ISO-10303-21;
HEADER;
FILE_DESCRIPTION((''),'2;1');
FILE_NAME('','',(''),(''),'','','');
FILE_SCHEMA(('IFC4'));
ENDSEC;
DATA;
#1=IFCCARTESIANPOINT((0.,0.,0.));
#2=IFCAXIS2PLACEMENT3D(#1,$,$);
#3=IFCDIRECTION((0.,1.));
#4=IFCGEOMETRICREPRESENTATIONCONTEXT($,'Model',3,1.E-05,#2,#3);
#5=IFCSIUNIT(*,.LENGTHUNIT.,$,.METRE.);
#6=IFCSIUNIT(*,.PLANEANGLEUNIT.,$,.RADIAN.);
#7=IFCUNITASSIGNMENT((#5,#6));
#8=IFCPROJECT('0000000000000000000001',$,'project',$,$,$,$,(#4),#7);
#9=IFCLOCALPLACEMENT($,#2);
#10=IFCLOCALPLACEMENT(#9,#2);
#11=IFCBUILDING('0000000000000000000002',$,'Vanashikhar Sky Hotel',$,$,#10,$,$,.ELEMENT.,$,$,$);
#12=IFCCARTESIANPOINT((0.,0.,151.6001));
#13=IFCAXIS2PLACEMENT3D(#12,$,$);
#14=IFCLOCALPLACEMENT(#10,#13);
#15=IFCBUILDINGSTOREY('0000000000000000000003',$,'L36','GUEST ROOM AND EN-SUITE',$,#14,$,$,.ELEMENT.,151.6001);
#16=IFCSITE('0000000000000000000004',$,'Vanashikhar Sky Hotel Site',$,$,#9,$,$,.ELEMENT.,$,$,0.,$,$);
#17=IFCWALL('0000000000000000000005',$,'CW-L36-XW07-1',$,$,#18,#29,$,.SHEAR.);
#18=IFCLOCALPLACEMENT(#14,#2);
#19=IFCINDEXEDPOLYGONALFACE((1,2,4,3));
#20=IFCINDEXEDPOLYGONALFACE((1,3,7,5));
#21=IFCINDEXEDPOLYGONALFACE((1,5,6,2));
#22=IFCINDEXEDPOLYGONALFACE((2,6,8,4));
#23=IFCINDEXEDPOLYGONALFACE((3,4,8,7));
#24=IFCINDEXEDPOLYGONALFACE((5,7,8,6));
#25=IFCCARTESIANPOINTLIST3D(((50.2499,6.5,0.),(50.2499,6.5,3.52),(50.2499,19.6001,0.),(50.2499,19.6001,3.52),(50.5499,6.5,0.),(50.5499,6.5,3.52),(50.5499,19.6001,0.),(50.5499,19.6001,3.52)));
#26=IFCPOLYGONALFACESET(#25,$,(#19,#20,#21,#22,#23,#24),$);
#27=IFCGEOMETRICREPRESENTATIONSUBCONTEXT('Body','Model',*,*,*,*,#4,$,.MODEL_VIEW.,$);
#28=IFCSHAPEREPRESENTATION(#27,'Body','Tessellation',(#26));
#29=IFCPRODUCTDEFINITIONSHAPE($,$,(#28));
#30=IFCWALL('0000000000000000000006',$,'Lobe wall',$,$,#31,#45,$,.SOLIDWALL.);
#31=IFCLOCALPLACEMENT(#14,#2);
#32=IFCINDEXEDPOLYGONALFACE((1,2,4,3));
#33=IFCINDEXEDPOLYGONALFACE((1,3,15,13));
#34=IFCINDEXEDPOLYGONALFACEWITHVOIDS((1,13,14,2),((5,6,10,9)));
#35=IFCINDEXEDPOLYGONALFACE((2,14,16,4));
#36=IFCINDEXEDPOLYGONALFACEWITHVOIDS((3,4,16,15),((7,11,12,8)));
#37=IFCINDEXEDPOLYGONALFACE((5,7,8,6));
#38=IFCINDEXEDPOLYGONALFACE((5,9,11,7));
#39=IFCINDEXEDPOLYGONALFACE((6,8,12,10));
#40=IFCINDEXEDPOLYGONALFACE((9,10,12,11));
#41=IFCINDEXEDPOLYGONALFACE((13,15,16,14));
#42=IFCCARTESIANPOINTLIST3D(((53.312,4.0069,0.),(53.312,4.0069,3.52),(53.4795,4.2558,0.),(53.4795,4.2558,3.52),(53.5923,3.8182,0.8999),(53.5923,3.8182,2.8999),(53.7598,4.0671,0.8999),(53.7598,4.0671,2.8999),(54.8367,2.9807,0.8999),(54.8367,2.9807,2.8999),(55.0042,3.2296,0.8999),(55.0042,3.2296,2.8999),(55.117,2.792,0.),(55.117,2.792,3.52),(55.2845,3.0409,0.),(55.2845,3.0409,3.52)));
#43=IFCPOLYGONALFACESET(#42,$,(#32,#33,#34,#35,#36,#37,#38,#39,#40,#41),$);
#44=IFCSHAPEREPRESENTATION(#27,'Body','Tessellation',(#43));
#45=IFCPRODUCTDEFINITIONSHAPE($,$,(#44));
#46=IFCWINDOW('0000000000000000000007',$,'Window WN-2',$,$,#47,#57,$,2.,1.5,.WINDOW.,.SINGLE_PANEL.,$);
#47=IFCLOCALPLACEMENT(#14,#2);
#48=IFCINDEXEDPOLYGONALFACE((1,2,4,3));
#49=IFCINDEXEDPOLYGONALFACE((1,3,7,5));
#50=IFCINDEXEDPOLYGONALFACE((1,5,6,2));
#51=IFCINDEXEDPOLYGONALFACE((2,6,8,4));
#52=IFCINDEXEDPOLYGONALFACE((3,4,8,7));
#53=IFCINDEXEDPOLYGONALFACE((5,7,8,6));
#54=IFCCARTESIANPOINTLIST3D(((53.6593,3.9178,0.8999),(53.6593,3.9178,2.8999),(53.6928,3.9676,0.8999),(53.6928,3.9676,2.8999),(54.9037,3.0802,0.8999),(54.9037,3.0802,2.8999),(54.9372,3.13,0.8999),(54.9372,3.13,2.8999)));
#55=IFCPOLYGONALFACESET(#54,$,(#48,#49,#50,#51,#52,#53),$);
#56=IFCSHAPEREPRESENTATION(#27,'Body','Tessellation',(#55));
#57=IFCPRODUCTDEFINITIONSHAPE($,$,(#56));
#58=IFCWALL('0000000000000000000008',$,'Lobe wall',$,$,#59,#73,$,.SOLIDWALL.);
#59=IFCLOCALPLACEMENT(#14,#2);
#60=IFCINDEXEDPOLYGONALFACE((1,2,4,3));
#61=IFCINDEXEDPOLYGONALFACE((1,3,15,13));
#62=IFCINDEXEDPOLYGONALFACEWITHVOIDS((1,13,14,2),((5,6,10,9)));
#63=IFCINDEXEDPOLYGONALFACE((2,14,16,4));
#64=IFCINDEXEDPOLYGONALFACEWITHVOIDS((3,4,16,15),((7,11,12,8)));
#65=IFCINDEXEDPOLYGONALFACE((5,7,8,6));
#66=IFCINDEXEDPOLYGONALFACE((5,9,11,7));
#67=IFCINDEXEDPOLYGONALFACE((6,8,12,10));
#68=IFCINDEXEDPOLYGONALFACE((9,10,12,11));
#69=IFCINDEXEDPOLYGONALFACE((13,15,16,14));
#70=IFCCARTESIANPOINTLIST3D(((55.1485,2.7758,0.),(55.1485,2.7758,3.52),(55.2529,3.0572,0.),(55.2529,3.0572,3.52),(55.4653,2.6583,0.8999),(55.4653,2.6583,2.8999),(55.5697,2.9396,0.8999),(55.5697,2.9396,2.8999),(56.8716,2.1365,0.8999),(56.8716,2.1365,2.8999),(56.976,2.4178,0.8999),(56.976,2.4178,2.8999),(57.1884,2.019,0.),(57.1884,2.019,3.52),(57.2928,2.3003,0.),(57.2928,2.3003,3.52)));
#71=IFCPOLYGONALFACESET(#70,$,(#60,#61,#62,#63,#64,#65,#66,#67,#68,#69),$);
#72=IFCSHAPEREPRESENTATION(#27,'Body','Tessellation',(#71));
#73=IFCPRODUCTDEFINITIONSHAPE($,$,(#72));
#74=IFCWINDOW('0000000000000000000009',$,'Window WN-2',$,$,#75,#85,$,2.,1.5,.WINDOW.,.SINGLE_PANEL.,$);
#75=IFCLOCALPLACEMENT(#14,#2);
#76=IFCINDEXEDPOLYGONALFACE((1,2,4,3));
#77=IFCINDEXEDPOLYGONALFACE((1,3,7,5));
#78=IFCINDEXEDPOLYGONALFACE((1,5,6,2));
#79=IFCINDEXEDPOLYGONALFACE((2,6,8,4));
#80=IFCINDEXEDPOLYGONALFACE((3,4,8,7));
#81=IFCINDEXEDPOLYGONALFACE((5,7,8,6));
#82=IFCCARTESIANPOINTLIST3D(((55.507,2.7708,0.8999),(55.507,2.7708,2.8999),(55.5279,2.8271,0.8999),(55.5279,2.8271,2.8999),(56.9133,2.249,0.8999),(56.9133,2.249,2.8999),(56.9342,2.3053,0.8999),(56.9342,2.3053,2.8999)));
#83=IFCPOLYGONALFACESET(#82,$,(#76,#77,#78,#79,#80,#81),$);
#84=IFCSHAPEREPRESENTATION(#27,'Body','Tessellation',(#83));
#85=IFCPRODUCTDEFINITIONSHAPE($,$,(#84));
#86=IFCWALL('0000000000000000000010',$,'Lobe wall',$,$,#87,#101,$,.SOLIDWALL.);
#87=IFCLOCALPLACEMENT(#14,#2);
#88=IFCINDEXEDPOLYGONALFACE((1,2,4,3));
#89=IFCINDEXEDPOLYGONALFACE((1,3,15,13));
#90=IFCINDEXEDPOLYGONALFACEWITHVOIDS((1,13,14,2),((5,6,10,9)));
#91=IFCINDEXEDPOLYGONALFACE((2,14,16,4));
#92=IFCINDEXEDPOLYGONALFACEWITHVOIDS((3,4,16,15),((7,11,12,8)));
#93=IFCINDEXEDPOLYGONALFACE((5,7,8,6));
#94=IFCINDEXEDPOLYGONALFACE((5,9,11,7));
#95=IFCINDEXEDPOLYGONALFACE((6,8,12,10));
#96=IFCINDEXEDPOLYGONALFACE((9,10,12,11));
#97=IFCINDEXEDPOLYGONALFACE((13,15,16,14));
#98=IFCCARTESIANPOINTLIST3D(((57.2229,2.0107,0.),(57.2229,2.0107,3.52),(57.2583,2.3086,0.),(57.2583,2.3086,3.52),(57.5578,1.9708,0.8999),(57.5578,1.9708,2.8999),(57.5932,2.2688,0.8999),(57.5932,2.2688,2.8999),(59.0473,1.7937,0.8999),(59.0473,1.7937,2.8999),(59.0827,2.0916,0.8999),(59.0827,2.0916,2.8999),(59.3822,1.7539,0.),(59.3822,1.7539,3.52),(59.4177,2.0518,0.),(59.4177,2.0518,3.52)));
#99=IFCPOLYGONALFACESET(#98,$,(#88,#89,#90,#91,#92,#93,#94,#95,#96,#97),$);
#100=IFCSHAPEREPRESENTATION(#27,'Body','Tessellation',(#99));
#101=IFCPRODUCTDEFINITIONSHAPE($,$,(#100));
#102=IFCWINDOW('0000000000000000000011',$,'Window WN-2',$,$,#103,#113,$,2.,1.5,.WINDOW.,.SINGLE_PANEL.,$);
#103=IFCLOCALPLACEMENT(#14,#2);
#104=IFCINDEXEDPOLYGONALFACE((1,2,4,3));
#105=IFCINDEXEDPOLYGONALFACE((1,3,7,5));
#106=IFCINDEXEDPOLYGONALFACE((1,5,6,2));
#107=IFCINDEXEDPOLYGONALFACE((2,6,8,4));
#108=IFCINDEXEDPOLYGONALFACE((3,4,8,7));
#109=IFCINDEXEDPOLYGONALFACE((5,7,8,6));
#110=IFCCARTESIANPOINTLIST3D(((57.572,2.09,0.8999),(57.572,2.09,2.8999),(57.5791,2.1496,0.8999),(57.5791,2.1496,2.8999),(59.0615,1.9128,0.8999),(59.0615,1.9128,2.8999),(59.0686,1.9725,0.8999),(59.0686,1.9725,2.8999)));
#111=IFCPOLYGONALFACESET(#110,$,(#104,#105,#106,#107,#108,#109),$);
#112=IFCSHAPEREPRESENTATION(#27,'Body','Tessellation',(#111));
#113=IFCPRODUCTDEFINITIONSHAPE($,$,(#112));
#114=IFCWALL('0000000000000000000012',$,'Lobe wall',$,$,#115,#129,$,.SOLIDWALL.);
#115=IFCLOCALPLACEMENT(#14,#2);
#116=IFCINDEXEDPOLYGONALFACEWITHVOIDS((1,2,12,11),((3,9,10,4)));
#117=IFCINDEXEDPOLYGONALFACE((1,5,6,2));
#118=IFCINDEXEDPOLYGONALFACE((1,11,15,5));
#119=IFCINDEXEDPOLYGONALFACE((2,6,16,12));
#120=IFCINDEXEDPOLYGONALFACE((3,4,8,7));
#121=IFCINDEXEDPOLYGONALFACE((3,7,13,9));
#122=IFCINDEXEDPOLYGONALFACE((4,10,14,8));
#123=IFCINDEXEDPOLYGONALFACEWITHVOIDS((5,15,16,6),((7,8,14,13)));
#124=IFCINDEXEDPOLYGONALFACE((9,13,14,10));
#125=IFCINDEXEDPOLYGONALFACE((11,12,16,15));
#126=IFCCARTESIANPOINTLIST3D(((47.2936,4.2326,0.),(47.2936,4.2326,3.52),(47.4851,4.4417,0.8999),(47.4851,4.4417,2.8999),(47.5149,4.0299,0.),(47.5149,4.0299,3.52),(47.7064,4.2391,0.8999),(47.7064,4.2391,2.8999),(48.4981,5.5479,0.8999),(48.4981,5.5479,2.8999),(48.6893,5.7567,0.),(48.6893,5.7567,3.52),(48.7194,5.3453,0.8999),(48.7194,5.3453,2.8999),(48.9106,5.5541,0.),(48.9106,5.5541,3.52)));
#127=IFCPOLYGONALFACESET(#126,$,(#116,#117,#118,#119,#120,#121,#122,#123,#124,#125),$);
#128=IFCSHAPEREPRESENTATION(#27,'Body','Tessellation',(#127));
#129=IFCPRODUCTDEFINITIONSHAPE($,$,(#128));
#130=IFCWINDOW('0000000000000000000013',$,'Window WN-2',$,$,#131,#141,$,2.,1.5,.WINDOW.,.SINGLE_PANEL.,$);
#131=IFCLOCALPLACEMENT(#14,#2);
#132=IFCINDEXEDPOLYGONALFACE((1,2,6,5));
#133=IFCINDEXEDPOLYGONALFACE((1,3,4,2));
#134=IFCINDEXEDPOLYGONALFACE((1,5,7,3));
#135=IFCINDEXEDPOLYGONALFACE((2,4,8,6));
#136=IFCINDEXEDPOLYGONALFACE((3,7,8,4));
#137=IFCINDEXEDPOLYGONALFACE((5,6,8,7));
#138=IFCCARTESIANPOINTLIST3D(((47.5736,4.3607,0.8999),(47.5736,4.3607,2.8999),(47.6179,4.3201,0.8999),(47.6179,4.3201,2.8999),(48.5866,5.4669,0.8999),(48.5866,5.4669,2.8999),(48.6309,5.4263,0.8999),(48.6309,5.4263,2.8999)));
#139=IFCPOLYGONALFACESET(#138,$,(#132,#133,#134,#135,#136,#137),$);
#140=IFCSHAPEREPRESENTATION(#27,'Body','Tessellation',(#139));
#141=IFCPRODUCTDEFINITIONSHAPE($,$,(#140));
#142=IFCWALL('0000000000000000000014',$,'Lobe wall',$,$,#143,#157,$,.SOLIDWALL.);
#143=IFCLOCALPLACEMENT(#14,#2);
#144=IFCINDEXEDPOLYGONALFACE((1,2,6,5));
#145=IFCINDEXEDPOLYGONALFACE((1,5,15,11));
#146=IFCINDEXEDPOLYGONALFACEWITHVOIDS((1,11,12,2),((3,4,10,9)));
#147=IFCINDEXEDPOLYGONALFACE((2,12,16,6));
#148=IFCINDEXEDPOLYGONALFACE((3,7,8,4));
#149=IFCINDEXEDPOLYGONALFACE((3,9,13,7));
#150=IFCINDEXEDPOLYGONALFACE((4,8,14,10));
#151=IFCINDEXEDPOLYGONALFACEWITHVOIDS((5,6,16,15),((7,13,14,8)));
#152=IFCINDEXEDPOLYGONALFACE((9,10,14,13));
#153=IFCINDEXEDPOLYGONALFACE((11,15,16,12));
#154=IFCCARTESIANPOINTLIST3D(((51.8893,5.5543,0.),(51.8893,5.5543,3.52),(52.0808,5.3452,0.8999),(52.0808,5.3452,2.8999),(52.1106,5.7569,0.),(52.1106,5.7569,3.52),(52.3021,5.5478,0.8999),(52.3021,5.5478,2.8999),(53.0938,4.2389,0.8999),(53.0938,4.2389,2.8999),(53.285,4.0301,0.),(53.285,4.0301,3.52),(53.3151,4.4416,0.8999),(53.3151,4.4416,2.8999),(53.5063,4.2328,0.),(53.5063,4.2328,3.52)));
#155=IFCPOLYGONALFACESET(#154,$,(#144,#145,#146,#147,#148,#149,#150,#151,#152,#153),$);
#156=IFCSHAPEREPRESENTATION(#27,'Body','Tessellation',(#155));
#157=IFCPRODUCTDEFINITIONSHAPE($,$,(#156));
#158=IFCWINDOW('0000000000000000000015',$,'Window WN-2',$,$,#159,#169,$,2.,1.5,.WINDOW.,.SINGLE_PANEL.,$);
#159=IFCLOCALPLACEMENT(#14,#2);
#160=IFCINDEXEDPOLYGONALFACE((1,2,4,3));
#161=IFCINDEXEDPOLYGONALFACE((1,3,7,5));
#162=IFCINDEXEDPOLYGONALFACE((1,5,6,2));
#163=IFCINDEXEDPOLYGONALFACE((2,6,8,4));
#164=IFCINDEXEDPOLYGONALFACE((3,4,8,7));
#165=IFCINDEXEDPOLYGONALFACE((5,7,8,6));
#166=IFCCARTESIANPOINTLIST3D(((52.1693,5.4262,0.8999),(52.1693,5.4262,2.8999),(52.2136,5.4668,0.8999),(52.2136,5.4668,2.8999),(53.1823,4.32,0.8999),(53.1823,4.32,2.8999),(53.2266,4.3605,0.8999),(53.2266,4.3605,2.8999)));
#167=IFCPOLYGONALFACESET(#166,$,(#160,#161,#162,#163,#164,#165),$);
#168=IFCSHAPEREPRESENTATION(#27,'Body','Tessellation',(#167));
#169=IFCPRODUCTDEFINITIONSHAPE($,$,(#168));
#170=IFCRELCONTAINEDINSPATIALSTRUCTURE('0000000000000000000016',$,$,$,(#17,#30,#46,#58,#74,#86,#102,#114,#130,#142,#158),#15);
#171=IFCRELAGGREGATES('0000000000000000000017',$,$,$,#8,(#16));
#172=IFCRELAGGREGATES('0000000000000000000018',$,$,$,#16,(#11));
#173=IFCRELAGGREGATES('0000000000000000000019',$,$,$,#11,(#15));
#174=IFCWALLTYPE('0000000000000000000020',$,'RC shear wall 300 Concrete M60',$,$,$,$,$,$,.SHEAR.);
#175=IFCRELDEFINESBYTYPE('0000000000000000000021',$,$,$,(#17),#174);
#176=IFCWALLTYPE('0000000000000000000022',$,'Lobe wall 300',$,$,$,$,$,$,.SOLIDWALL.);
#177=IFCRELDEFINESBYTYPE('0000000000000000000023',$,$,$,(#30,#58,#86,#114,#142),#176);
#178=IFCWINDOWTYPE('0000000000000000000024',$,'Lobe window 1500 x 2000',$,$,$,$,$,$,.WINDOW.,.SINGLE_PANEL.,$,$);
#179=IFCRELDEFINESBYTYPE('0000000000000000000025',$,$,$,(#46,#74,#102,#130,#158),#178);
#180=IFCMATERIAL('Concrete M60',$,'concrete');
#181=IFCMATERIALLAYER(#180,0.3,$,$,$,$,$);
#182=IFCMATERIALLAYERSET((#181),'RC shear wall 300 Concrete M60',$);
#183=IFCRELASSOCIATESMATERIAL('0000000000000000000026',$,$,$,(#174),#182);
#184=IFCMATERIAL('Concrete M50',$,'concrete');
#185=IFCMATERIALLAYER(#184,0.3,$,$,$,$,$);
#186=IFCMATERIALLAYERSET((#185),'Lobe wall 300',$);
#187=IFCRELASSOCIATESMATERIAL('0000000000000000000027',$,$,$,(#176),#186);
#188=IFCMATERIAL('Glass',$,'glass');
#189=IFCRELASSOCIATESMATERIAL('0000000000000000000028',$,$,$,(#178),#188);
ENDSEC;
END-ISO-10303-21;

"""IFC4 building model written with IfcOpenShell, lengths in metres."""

from ifc_helpers import new_model, si_unit, direction, frame, frame_2d, origin, place, context, subcontext, project, spatial, rectangle, extrude, source, transform, mapped, material, layer, layer_set, type_object, element, fill, save


model = new_model("IFC4")

# Units and contexts
model_context = context("Model", 3, precision=1e-05, world=origin(), true_north=direction((0.0, 1.0)))
body_context = subcontext(model_context, "Body", "Model", "MODEL_VIEW")
ifc_project = project(units=[si_unit("LENGTHUNIT", "METRE"), si_unit("PLANEANGLEUNIT", "RADIAN")], contexts=[model_context])

# Site, building, storey
site_placement = place(None, origin())
site = spatial("IfcSite", under=ifc_project, at=site_placement, Name="Vanashikhar Sky Hotel Site", CompositionType="ELEMENT", RefElevation=0.0)
building_placement = place(site_placement, origin())
building = spatial("IfcBuilding", under=site, at=building_placement, Name="Vanashikhar Sky Hotel", CompositionType="ELEMENT")
storey_placement = place(building_placement, frame((0.0, 0.0, 151.6001)))
storey = spatial("IfcBuildingStorey", under=building, at=storey_placement, Name="L36", Description="GUEST ROOM AND EN-SUITE", CompositionType="ELEMENT", Elevation=151.6001)

# Wall
ifc_material_1 = material(Name="Concrete M60", Category="concrete")
ifc_layer_1 = layer(ifc_material_1, 0.3)
ifc_layer_set_1 = layer_set([ifc_layer_1], Name="RC shear wall 300 Concrete M60")
wall_type_1 = type_object("IfcWallType", Name="RC shear wall 300 Concrete M60", PredefinedType="SHEAR", material=ifc_layer_set_1)
shared_shape_1 = source(origin(), body_context, "Body", "SweptSolid", [
    extrude(rectangle(XDim=13.1001, YDim=0.3, at=frame_2d((6.55, 0.0))), origin(), (0.0, 0.0, 1.0), 3.52),
])
wall_1_placement = place(storey_placement, frame((50.3999, 6.5, 0.0), z_axis=(0.0, 0.0, 1.0), x_axis=(0.0, 1.0, 0.0)))
element("IfcWall", 1, at=wall_1_placement, inside=storey, type_object=wall_type_1, Name="CW-L36-XW07-1", PredefinedType="SHEAR", context=body_context, shape_type="MappedRepresentation", body=[
    mapped(shared_shape_1, transform((0.0, 0.0, 0.0), scale=1.0)),
])

# Walls, openings, windows
ifc_material_2 = material(Name="Concrete M50", Category="concrete")
ifc_layer_2 = layer(ifc_material_2, 0.3)
ifc_layer_set_2 = layer_set([ifc_layer_2], Name="Lobe wall 300")
wall_type_2 = type_object("IfcWallType", Name="Lobe wall 300", PredefinedType="SOLIDWALL", material=ifc_layer_set_2)
shared_shape_2 = source(origin(), body_context, "Body", "SweptSolid", [
    extrude(rectangle(XDim=2.1758, YDim=0.3, at=frame_2d((1.0879, 0.0))), origin(), (0.0, 0.0, 1.0), 3.52),
])
wall_2_placement = place(storey_placement, frame((53.3958, 4.1313, 0.0), z_axis=(0.0, 0.0, 1.0), x_axis=(0.829591, -0.558372, 0.0)))
wall_2 = element("IfcWall", 2, at=wall_2_placement, inside=storey, type_object=wall_type_2, Name="Lobe wall", PredefinedType="SOLIDWALL", context=body_context, shape_type="MappedRepresentation", body=[
    mapped(shared_shape_2, transform((0.0, 0.0, 0.0), scale=1.0)),
])
shared_shape_3 = source(origin(), body_context, "Body", "SweptSolid", [
    extrude(rectangle(XDim=1.5, YDim=2.0, at=frame_2d((0.75, 1.0))), frame((0.0, 0.1602, 0.0), z_axis=(0.0, -1.0, 0.0), x_axis=(1.0, 0.0, 0.0)), (0.0, 0.0, 1.0), 0.3201),
])
opening_1_placement = place(wall_2_placement, frame((0.3379, 0.0, 0.8999)))
opening_1 = element("IfcOpeningElement", 3, at=opening_1_placement, cuts=wall_2, PredefinedType="OPENING", context=body_context, shape_type="MappedRepresentation", body=[
    mapped(shared_shape_3, transform((0.0, 0.0, 0.0), scale=1.0)),
])
ifc_material_3 = material(Name="Glass", Category="glass")
window_type = type_object("IfcWindowType", Name="Lobe window 1500 x 2000", PartitioningType="SINGLE_PANEL", PredefinedType="WINDOW", material=ifc_material_3)
shared_shape_4 = source(origin(), body_context, "Body", "SweptSolid", [
    extrude(rectangle(XDim=1.5, YDim=2.0, at=frame_2d((0.75, 1.0))), frame((0.0, 0.03, 0.0), z_axis=(0.0, -1.0, 0.0), x_axis=(1.0, 0.0, 0.0)), (0.0, 0.0, 1.0), 0.0601),
])
window_1_placement = place(opening_1_placement, origin())
window_1 = element("IfcWindow", 4, at=window_1_placement, inside=storey, type_object=window_type, Name="Window WN-2", OverallHeight=2.0, OverallWidth=1.5, PartitioningType="SINGLE_PANEL", PredefinedType="WINDOW", context=body_context, shape_type="MappedRepresentation", body=[
    mapped(shared_shape_4, transform((0.0, 0.0, 0.0), scale=1.0)),
])
fill(opening_1, window_1)
wall_3_placement = place(storey_placement, frame((55.2007, 2.9165, 0.0), z_axis=(0.0, 0.0, 1.0), x_axis=(0.937546, -0.347863, 0.0)))
wall_3 = element("IfcWall", 5, at=wall_3_placement, inside=storey, type_object=wall_type_2, Name="Lobe wall", PredefinedType="SOLIDWALL", context=body_context, shape_type="MappedRepresentation", body=[
    mapped(shared_shape_2, transform((0.0, 0.0, 0.0), scale=1.0)),
])
opening_2_placement = place(wall_3_placement, frame((0.3379, 0.0, 0.8999)))
opening_2 = element("IfcOpeningElement", 6, at=opening_2_placement, cuts=wall_3, PredefinedType="OPENING", context=body_context, shape_type="MappedRepresentation", body=[
    mapped(shared_shape_3, transform((0.0, 0.0, 0.0), scale=1.0)),
])
window_2_placement = place(opening_2_placement, origin())
window_2 = element("IfcWindow", 7, at=window_2_placement, inside=storey, type_object=window_type, Name="Window WN-2", OverallHeight=2.0, OverallWidth=1.5, PartitioningType="SINGLE_PANEL", PredefinedType="WINDOW", context=body_context, shape_type="MappedRepresentation", body=[
    mapped(shared_shape_4, transform((0.0, 0.0, 0.0), scale=1.0)),
])
fill(opening_2, window_2)
shared_shape_5 = source(origin(), body_context, "Body", "SweptSolid", [
    extrude(rectangle(XDim=2.1746, YDim=0.3, at=frame_2d((1.0874, 0.0))), origin(), (0.0, 0.0, 1.0), 3.52),
])
wall_4_placement = place(storey_placement, frame((57.2405, 2.1597, 0.0), z_axis=(0.0, 0.0, 1.0), x_axis=(0.993001, -0.118105, 0.0)))
wall_4 = element("IfcWall", 8, at=wall_4_placement, inside=storey, type_object=wall_type_2, Name="Lobe wall", PredefinedType="SOLIDWALL", context=body_context, shape_type="MappedRepresentation", body=[
    mapped(shared_shape_5, transform((0.0, 0.0, 0.0), scale=1.0)),
])
opening_3_placement = place(wall_4_placement, frame((0.3374, 0.0, 0.8999)))
opening_3 = element("IfcOpeningElement", 9, at=opening_3_placement, cuts=wall_4, PredefinedType="OPENING", context=body_context, shape_type="MappedRepresentation", body=[
    mapped(shared_shape_3, transform((0.0, 0.0, 0.0), scale=1.0)),
])
window_3_placement = place(opening_3_placement, origin())
window_3 = element("IfcWindow", 10, at=window_3_placement, inside=storey, type_object=window_type, Name="Window WN-2", OverallHeight=2.0, OverallWidth=1.5, PartitioningType="SINGLE_PANEL", PredefinedType="WINDOW", context=body_context, shape_type="MappedRepresentation", body=[
    mapped(shared_shape_4, transform((0.0, 0.0, 0.0), scale=1.0)),
])
fill(opening_3, window_3)
shared_shape_6 = source(origin(), body_context, "Body", "SweptSolid", [
    extrude(rectangle(XDim=2.0667, YDim=0.3, at=frame_2d((1.0332, 0.0))), origin(), (0.0, 0.0, 1.0), 3.52),
])
wall_5_placement = place(storey_placement, frame((47.4043, 4.1313, 0.0), z_axis=(0.0, 0.0, 1.0), x_axis=(0.675355, 0.737492, 0.0)))
wall_5 = element("IfcWall", 11, at=wall_5_placement, inside=storey, type_object=wall_type_2, Name="Lobe wall", PredefinedType="SOLIDWALL", context=body_context, shape_type="MappedRepresentation", body=[
    mapped(shared_shape_6, transform((0.0, 0.0, 0.0), scale=1.0)),
])
opening_4_placement = place(wall_5_placement, frame((0.2834, 0.0, 0.8999)))
opening_4 = element("IfcOpeningElement", 12, at=opening_4_placement, cuts=wall_5, PredefinedType="OPENING", context=body_context, shape_type="MappedRepresentation", body=[
    mapped(shared_shape_3, transform((0.0, 0.0, 0.0), scale=1.0)),
])
window_4_placement = place(opening_4_placement, origin())
window_4 = element("IfcWindow", 13, at=window_4_placement, inside=storey, type_object=window_type, Name="Window WN-2", OverallHeight=2.0, OverallWidth=1.5, PartitioningType="SINGLE_PANEL", PredefinedType="WINDOW", context=body_context, shape_type="MappedRepresentation", body=[
    mapped(shared_shape_4, transform((0.0, 0.0, 0.0), scale=1.0)),
])
fill(opening_4, window_4)
wall_6_placement = place(storey_placement, frame((52.0, 5.6555, 0.0), z_axis=(0.0, 0.0, 1.0), x_axis=(0.675355, -0.737492, 0.0)))
wall_6 = element("IfcWall", 14, at=wall_6_placement, inside=storey, type_object=wall_type_2, Name="Lobe wall", PredefinedType="SOLIDWALL", context=body_context, shape_type="MappedRepresentation", body=[
    mapped(shared_shape_6, transform((0.0, 0.0, 0.0), scale=1.0)),
])
opening_5_placement = place(wall_6_placement, frame((0.2834, 0.0, 0.8999)))
opening_5 = element("IfcOpeningElement", 15, at=opening_5_placement, cuts=wall_6, PredefinedType="OPENING", context=body_context, shape_type="MappedRepresentation", body=[
    mapped(shared_shape_3, transform((0.0, 0.0, 0.0), scale=1.0)),
])
window_5_placement = place(opening_5_placement, origin())
window_5 = element("IfcWindow", 16, at=window_5_placement, inside=storey, type_object=window_type, Name="Window WN-2", OverallHeight=2.0, OverallWidth=1.5, PartitioningType="SINGLE_PANEL", PredefinedType="WINDOW", context=body_context, shape_type="MappedRepresentation", body=[
    mapped(shared_shape_4, transform((0.0, 0.0, 0.0), scale=1.0)),
])
fill(opening_5, window_5)

save(model, "model.ifc")
